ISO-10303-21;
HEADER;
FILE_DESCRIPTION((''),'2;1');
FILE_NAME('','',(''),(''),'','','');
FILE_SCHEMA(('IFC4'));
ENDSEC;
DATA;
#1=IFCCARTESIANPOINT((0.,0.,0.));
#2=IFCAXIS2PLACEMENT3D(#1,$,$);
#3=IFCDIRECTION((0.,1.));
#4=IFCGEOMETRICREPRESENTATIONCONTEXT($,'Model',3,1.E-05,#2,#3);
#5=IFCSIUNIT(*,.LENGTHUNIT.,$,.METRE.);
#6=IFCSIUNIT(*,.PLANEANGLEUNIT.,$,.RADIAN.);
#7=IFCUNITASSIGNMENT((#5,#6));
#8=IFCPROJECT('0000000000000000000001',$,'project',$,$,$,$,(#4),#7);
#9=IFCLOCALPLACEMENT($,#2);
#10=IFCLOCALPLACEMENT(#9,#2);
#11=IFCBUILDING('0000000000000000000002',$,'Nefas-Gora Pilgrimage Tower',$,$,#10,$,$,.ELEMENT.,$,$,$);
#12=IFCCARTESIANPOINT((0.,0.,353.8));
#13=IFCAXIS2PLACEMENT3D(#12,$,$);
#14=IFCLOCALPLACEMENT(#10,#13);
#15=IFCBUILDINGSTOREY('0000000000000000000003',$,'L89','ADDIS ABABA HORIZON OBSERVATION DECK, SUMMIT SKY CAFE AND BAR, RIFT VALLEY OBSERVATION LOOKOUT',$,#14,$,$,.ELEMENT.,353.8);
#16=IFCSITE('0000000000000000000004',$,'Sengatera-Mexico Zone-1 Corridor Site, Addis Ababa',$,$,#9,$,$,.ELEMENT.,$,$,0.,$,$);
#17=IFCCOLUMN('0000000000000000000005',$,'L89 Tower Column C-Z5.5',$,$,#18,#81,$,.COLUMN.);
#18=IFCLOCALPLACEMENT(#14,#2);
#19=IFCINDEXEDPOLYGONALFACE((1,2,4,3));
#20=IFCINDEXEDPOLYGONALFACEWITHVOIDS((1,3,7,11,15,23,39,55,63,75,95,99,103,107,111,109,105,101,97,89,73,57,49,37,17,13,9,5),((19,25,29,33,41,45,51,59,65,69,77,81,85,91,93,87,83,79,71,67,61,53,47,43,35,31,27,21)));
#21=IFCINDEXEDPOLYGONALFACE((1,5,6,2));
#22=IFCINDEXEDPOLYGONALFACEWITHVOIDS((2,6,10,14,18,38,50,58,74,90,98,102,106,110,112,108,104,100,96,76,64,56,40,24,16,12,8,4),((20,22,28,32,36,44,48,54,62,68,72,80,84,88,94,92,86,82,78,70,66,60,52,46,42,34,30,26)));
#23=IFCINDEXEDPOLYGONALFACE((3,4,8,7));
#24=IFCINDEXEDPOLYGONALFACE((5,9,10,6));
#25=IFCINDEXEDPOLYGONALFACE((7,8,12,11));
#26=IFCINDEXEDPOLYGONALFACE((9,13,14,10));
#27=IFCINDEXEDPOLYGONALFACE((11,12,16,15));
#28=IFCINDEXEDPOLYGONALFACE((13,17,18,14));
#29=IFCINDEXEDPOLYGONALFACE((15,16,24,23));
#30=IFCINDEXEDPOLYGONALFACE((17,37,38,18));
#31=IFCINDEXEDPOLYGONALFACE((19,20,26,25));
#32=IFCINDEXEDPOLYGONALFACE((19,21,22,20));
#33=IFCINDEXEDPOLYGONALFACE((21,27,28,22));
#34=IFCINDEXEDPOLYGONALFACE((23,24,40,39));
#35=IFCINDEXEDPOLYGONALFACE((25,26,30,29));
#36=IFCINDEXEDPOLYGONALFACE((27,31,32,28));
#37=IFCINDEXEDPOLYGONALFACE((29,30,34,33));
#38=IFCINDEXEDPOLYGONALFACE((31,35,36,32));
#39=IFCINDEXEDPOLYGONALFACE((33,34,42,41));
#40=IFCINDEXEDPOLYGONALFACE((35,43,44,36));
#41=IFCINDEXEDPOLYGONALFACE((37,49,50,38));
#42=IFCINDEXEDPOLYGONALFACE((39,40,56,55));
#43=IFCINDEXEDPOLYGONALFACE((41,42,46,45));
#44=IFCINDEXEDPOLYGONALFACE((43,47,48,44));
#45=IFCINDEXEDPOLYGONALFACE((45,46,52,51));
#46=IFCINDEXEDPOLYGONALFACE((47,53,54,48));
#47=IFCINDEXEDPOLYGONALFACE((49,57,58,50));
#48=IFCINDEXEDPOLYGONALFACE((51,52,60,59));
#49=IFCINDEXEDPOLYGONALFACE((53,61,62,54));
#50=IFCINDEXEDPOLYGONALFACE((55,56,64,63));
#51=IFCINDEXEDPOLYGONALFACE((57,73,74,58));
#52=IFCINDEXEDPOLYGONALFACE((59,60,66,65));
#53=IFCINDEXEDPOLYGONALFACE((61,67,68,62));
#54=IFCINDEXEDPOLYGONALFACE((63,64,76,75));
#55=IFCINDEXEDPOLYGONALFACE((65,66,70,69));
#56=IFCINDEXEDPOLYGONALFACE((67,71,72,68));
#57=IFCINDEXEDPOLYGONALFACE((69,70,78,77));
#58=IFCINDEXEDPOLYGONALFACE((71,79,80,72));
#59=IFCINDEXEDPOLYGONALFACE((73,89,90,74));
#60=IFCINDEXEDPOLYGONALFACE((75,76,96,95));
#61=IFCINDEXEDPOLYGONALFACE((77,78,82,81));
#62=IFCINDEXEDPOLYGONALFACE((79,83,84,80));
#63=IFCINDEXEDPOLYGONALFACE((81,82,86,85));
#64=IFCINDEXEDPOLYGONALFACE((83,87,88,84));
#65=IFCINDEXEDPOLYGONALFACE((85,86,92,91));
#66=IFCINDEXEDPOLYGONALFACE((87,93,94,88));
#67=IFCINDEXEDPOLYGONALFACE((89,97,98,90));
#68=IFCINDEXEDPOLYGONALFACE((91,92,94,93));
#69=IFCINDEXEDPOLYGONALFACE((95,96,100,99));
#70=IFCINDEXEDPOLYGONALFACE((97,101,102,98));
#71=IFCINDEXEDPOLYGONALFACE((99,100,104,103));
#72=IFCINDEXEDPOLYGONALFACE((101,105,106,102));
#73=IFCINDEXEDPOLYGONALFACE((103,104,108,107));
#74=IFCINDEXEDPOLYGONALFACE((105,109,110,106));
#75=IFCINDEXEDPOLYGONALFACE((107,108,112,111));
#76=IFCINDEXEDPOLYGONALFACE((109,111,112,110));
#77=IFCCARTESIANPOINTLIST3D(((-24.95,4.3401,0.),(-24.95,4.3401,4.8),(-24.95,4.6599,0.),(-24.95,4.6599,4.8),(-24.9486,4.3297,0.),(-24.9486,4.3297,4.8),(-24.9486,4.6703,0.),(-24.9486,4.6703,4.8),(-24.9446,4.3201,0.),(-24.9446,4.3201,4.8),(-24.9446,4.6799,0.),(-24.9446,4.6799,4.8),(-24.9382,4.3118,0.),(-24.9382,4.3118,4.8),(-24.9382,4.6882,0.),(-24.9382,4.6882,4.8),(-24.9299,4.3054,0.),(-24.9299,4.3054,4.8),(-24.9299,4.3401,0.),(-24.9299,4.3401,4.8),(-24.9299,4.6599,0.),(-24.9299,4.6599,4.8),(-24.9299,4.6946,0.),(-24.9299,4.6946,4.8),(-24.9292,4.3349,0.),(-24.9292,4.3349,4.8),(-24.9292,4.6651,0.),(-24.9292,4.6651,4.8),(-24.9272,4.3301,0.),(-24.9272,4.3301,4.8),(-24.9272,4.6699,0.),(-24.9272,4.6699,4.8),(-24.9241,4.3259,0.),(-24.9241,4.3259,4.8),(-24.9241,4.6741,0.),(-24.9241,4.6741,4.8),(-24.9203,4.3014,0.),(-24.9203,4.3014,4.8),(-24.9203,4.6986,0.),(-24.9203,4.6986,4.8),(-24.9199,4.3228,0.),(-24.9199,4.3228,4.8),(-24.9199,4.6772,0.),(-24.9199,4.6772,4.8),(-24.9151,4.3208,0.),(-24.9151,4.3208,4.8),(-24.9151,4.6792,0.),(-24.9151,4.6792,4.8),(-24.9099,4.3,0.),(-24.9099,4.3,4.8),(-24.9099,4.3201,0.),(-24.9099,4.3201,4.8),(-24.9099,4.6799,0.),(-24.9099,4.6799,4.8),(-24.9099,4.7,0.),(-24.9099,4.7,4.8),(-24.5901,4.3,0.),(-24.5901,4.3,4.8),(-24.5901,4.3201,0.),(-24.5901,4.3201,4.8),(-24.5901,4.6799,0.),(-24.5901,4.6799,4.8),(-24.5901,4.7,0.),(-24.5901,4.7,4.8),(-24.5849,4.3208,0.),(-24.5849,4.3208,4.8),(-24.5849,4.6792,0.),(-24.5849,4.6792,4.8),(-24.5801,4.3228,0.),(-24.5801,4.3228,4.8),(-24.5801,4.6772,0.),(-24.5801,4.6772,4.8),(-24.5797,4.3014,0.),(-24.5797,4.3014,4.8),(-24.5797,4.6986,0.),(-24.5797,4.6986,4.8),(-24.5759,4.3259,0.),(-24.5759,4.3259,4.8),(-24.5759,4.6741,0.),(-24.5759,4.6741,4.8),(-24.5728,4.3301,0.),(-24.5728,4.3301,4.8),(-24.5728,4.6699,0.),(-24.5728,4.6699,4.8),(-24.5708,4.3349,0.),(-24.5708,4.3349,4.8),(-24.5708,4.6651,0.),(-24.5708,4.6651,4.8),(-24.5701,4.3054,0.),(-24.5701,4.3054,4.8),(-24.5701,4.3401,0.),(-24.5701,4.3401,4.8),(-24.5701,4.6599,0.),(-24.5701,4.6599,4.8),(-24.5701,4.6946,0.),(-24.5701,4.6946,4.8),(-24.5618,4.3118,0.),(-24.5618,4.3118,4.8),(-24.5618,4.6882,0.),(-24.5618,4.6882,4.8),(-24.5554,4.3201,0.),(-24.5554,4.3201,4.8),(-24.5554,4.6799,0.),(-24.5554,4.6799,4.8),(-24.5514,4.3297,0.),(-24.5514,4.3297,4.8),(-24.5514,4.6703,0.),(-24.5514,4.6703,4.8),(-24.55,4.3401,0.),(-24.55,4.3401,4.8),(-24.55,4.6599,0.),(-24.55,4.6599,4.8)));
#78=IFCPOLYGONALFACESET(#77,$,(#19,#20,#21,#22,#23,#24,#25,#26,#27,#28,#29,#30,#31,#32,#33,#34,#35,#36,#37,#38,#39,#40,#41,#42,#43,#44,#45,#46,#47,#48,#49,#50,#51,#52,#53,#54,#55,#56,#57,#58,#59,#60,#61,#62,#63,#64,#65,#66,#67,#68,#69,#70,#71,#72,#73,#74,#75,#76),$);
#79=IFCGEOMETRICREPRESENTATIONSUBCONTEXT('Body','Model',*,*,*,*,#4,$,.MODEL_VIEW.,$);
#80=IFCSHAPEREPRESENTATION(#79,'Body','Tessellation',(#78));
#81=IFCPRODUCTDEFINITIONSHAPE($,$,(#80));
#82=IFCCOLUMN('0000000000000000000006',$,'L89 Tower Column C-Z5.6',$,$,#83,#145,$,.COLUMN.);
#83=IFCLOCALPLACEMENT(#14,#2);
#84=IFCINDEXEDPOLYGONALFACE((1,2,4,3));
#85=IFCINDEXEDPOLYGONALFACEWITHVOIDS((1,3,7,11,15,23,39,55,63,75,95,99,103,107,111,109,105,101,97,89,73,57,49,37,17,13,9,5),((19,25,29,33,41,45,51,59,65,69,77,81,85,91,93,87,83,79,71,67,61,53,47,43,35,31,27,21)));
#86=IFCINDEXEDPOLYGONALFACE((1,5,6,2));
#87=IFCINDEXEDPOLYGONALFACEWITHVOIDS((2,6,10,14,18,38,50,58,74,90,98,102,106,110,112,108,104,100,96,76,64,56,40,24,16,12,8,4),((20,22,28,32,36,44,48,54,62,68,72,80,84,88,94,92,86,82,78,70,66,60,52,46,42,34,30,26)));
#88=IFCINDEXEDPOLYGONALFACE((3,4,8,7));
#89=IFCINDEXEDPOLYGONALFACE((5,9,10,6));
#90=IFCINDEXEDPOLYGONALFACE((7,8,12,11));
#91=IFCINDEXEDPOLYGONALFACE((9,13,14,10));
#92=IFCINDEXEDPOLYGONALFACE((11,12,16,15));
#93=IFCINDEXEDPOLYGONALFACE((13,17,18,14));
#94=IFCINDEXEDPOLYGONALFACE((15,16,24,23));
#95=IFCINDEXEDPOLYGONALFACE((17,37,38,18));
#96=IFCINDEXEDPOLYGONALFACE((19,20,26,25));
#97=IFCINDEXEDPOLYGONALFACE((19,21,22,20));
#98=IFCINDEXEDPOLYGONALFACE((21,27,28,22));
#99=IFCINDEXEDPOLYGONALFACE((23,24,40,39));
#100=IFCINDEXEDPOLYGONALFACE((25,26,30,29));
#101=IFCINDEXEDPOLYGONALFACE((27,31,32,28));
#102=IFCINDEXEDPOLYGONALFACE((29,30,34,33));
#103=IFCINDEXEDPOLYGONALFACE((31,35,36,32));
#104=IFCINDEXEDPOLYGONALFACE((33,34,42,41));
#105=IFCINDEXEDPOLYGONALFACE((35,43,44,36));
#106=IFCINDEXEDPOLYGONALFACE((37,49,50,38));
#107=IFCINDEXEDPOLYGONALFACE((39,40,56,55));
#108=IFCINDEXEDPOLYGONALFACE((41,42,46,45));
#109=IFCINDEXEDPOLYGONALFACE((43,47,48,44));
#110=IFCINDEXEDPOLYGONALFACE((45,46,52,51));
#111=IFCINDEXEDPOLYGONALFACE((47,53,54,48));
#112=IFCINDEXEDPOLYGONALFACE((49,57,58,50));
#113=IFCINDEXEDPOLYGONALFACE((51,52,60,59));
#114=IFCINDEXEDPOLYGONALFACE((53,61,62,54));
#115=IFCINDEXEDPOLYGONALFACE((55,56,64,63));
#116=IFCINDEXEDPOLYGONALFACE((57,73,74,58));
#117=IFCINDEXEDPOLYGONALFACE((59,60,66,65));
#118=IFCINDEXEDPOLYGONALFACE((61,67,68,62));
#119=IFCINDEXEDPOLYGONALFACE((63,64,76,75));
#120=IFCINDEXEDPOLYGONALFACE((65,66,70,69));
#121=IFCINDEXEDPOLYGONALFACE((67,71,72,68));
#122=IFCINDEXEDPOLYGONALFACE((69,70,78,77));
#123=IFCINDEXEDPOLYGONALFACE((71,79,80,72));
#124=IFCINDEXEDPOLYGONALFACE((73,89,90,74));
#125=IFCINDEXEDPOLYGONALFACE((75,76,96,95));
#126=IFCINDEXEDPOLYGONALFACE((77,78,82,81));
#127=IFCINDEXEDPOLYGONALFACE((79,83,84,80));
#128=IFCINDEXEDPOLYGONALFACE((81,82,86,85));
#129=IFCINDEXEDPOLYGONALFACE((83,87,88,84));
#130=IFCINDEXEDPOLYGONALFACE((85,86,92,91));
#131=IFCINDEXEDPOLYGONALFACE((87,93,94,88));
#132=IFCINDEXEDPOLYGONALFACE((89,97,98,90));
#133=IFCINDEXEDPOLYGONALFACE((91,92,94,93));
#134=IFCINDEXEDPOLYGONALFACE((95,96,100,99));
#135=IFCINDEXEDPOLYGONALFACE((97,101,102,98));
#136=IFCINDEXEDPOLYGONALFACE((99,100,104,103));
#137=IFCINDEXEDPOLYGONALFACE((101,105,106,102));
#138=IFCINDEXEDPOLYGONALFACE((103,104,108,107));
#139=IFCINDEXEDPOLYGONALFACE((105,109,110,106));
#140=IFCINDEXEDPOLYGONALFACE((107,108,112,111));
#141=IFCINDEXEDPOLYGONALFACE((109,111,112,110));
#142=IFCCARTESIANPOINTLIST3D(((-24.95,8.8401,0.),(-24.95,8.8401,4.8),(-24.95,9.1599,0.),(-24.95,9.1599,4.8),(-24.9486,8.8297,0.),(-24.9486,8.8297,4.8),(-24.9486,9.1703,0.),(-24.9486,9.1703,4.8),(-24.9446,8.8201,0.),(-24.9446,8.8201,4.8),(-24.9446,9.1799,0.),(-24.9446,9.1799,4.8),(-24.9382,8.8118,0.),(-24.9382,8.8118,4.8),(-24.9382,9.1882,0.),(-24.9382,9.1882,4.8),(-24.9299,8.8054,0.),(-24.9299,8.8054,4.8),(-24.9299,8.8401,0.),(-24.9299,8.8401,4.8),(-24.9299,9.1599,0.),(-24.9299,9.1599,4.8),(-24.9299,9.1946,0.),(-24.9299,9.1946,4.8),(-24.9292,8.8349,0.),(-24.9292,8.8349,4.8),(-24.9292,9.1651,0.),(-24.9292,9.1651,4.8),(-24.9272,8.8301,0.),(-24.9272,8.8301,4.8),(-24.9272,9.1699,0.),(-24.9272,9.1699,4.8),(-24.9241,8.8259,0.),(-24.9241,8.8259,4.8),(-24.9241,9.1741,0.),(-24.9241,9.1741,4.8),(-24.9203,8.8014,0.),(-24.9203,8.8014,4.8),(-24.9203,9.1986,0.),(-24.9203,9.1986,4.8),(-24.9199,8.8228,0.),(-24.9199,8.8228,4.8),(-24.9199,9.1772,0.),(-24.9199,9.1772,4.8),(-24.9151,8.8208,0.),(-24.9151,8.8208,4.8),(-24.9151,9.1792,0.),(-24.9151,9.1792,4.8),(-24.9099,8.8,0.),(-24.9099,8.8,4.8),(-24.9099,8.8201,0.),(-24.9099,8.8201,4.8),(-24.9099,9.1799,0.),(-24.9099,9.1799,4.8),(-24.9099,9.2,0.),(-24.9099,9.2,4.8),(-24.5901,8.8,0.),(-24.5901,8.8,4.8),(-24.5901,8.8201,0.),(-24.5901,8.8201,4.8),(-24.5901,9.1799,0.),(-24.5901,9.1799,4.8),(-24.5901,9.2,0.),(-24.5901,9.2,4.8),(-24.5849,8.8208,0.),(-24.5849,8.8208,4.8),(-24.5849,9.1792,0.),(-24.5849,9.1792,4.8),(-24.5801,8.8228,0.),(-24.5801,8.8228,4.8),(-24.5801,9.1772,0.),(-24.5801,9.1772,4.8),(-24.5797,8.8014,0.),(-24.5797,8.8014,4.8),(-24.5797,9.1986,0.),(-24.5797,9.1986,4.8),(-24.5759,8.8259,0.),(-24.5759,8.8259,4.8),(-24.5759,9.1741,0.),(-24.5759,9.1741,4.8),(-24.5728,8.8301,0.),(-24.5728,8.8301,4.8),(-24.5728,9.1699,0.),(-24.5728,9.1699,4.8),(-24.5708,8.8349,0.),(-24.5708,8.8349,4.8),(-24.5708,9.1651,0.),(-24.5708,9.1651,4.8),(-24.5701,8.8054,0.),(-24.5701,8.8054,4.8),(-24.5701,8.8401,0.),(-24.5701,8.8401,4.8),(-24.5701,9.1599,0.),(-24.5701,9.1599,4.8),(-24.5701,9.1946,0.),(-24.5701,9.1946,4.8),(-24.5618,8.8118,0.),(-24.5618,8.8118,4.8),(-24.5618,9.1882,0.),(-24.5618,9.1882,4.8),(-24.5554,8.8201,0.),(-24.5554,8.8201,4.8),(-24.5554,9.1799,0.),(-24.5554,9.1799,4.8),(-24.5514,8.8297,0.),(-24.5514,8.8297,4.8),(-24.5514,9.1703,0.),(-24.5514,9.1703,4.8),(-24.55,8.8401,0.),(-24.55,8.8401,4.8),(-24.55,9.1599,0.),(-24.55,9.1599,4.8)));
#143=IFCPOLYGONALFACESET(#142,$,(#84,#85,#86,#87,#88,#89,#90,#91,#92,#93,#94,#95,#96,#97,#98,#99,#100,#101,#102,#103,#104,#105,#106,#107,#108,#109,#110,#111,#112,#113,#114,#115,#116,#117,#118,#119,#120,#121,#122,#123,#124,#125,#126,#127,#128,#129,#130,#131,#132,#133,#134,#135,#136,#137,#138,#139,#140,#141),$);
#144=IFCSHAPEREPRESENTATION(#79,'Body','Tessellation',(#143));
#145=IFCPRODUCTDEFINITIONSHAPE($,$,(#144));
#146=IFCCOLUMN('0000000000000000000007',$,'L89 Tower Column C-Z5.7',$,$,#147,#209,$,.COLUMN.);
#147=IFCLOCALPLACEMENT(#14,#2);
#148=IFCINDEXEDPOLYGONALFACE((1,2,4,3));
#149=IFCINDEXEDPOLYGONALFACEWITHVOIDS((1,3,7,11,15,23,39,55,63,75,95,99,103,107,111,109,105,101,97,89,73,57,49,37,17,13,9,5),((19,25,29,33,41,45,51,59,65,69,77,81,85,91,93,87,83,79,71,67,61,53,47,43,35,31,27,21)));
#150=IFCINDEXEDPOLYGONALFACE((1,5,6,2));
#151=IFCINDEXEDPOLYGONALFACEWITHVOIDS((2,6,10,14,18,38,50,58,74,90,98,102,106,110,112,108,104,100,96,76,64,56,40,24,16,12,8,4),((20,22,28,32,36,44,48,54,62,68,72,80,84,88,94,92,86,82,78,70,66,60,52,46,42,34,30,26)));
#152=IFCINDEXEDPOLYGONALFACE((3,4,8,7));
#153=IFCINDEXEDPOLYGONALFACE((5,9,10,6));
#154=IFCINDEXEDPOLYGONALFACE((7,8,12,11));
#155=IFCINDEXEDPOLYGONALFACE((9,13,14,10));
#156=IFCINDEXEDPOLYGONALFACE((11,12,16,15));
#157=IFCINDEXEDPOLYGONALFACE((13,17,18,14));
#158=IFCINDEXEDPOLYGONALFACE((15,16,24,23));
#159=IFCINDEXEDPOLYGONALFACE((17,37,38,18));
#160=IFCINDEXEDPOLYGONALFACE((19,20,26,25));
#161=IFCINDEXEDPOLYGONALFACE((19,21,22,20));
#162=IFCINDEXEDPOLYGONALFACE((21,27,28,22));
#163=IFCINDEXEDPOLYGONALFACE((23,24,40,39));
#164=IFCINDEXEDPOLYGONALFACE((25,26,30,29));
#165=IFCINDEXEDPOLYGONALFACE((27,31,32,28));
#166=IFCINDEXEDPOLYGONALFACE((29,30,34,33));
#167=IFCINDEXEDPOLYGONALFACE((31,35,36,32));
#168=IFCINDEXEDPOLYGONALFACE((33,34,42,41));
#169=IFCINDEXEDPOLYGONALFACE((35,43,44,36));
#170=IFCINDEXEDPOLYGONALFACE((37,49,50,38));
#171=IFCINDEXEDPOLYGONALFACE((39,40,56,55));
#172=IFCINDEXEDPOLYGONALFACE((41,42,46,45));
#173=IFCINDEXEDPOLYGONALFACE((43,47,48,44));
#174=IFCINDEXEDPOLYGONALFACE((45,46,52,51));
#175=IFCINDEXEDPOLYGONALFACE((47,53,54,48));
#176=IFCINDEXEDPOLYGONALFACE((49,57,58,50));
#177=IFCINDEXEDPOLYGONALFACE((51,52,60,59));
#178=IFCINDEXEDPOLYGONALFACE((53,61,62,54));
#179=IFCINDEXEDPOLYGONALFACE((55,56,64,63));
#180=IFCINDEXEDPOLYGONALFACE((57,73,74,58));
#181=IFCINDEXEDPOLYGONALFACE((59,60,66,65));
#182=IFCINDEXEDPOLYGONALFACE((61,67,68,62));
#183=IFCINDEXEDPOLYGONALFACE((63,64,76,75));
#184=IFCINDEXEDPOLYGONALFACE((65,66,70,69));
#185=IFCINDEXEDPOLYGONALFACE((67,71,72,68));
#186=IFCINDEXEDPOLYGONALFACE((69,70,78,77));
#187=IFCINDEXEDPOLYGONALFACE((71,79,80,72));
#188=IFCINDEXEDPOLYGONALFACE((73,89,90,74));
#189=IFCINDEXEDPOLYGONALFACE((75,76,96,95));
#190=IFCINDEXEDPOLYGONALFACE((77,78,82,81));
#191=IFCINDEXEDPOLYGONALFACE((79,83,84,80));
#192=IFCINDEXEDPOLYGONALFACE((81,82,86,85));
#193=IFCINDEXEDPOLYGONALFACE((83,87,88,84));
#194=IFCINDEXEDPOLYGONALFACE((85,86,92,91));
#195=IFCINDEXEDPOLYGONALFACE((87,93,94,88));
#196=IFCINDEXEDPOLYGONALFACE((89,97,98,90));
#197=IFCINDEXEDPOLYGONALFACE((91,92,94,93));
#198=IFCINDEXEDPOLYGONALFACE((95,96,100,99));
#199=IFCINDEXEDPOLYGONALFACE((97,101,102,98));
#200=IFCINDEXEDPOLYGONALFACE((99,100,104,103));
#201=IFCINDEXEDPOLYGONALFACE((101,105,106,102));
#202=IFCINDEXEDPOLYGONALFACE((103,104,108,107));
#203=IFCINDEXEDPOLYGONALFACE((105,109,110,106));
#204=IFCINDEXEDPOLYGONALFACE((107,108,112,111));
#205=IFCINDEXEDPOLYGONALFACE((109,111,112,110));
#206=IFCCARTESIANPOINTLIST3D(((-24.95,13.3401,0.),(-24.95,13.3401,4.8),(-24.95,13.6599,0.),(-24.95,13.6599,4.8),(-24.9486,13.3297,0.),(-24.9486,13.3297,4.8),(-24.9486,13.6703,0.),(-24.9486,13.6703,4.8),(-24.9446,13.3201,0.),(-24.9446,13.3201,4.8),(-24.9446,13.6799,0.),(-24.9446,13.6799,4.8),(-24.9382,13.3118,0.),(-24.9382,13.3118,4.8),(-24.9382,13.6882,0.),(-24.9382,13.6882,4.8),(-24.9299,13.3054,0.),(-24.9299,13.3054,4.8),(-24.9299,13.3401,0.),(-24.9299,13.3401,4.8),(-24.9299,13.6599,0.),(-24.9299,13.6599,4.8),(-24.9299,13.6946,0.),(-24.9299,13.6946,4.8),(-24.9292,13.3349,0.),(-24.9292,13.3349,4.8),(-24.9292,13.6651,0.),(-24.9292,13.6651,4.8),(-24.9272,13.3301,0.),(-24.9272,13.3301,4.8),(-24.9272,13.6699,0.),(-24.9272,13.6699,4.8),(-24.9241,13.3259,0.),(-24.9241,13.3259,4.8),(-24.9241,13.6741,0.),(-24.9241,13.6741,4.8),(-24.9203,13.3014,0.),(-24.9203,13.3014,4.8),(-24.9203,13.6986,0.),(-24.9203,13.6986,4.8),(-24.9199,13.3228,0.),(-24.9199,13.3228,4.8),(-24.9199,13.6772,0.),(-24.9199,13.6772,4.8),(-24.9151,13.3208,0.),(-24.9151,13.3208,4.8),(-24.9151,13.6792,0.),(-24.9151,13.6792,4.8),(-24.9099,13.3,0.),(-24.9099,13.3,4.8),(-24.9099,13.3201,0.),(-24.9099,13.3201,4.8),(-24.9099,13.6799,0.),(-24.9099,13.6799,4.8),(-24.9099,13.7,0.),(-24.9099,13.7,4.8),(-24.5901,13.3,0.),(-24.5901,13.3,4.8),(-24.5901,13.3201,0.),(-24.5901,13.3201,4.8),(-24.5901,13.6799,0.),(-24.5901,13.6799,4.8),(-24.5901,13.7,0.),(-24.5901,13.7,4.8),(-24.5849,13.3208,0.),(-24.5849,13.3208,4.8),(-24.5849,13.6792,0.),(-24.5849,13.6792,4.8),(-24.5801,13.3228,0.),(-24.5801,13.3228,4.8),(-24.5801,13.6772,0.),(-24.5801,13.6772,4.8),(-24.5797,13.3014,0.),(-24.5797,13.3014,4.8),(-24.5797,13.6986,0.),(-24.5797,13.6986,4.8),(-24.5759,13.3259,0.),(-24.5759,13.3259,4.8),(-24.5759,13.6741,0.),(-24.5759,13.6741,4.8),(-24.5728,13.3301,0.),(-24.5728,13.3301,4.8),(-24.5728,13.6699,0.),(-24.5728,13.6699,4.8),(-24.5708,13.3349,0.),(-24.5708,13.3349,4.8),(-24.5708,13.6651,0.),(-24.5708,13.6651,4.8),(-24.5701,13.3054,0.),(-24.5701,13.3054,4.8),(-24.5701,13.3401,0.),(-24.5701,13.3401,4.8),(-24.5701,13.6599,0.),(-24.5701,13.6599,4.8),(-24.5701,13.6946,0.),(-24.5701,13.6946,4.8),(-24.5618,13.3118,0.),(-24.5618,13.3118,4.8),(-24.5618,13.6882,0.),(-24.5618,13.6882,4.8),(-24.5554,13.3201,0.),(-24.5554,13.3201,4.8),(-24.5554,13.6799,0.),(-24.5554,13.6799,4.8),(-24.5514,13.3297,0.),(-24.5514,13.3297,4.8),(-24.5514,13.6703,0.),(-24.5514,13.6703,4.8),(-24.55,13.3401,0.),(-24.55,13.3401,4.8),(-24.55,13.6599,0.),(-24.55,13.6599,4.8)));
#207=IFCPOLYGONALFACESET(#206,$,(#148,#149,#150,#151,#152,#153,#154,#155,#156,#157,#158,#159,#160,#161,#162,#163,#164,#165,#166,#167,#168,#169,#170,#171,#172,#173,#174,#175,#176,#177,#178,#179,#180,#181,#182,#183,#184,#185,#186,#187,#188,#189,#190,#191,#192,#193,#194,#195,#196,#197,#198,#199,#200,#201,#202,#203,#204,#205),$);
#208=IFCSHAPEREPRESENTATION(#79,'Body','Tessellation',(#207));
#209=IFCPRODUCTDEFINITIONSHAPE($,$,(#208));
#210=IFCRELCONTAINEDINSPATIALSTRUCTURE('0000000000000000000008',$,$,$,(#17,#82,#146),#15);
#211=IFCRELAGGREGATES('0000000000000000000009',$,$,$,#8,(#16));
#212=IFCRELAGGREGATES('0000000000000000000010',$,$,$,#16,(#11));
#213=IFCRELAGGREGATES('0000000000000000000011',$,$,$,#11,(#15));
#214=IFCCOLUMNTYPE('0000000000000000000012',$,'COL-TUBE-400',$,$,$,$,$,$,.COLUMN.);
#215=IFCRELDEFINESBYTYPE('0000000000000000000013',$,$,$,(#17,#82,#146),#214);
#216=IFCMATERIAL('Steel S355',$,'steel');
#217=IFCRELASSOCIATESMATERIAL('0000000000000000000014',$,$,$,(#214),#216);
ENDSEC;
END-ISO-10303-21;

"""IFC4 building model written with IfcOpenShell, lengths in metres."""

from ifc_helpers import new_model, si_unit, direction, frame, origin, origin_2d, place, context, subcontext, project, spatial, hollow_rectangle, extrude, source, transform, mapped, material, material_profile, profile_set, type_object, element, save


model = new_model("IFC4")

# Units and contexts
model_context = context("Model", 3, precision=1e-05, world=origin(), true_north=direction((0.0, 1.0)))
body_context = subcontext(model_context, "Body", "Model", "MODEL_VIEW")
ifc_project = project(units=[si_unit("LENGTHUNIT", "METRE"), si_unit("PLANEANGLEUNIT", "RADIAN")], contexts=[model_context])

# Site, building, storey
site_placement = place(None, origin())
site = spatial("IfcSite", under=ifc_project, at=site_placement, Name="Sengatera-Mexico Zone-1 Corridor Site, Addis Ababa", CompositionType="ELEMENT", RefElevation=0.0)
building_placement = place(site_placement, origin())
building = spatial("IfcBuilding", under=site, at=building_placement, Name="Nefas-Gora Pilgrimage Tower", CompositionType="ELEMENT")
storey_placement = place(building_placement, frame((0.0, 0.0, 353.8)))
storey = spatial("IfcBuildingStorey", under=building, at=storey_placement, Name="L89", Description="ADDIS ABABA HORIZON OBSERVATION DECK, SUMMIT SKY CAFE AND BAR, RIFT VALLEY OBSERVATION LOOKOUT", CompositionType="ELEMENT", Elevation=353.8)

# Columns
ifc_material_1 = material(Name="Steel S355", Category="steel")
ifc_material_profile_1 = material_profile(ifc_material_1, hollow_rectangle(XDim=0.3999, YDim=0.3999, WallThickness=0.02, InnerFilletRadius=0.02, OuterFilletRadius=0.04, at=origin_2d()), Name="SHS 400x400x20")
ifc_profile_set_1 = profile_set([ifc_material_profile_1], Name="Steel S355")
column_type_1 = type_object("IfcColumnType", Name="COL-TUBE-400", PredefinedType="COLUMN", material=ifc_profile_set_1)
shared_shape_1 = source(origin(), body_context, "Body", "SweptSolid", [
    extrude(hollow_rectangle(XDim=0.3999, YDim=0.3999, WallThickness=0.02, InnerFilletRadius=0.02, OuterFilletRadius=0.04, at=origin_2d()), origin(), (0.0, 0.0, 1.0), 4.8),
])
for number, where, z_axis, x_axis, name in (
    (1, (-24.75, 4.5, 0.0), (0.0, 0.0, 1.0), (1.0, 0.0, 0.0), "L89 Tower Column C-Z5.5"),
    (2, (-24.75, 9.0, 0.0), (0.0, 0.0, 1.0), (1.0, 0.0, 0.0), "L89 Tower Column C-Z5.6"),
    (3, (-24.75, 13.5, 0.0), (0.0, 0.0, 1.0), (1.0, 0.0, 0.0), "L89 Tower Column C-Z5.7"),
):
    element("IfcColumn", number, at=place(storey_placement, frame(where, z_axis=z_axis, x_axis=x_axis)), inside=storey, type_object=column_type_1, Name=name, PredefinedType="COLUMN", context=body_context, shape_type="MappedRepresentation", body=[
        mapped(shared_shape_1, transform((0.0, 0.0, 0.0), x_axis=(1.0, 0.0, 0.0), y_axis=(0.0, 1.0, 0.0), z_axis=(0.0, 0.0, 1.0), scale=1.0)),
    ])

save(model, "model.ifc")
